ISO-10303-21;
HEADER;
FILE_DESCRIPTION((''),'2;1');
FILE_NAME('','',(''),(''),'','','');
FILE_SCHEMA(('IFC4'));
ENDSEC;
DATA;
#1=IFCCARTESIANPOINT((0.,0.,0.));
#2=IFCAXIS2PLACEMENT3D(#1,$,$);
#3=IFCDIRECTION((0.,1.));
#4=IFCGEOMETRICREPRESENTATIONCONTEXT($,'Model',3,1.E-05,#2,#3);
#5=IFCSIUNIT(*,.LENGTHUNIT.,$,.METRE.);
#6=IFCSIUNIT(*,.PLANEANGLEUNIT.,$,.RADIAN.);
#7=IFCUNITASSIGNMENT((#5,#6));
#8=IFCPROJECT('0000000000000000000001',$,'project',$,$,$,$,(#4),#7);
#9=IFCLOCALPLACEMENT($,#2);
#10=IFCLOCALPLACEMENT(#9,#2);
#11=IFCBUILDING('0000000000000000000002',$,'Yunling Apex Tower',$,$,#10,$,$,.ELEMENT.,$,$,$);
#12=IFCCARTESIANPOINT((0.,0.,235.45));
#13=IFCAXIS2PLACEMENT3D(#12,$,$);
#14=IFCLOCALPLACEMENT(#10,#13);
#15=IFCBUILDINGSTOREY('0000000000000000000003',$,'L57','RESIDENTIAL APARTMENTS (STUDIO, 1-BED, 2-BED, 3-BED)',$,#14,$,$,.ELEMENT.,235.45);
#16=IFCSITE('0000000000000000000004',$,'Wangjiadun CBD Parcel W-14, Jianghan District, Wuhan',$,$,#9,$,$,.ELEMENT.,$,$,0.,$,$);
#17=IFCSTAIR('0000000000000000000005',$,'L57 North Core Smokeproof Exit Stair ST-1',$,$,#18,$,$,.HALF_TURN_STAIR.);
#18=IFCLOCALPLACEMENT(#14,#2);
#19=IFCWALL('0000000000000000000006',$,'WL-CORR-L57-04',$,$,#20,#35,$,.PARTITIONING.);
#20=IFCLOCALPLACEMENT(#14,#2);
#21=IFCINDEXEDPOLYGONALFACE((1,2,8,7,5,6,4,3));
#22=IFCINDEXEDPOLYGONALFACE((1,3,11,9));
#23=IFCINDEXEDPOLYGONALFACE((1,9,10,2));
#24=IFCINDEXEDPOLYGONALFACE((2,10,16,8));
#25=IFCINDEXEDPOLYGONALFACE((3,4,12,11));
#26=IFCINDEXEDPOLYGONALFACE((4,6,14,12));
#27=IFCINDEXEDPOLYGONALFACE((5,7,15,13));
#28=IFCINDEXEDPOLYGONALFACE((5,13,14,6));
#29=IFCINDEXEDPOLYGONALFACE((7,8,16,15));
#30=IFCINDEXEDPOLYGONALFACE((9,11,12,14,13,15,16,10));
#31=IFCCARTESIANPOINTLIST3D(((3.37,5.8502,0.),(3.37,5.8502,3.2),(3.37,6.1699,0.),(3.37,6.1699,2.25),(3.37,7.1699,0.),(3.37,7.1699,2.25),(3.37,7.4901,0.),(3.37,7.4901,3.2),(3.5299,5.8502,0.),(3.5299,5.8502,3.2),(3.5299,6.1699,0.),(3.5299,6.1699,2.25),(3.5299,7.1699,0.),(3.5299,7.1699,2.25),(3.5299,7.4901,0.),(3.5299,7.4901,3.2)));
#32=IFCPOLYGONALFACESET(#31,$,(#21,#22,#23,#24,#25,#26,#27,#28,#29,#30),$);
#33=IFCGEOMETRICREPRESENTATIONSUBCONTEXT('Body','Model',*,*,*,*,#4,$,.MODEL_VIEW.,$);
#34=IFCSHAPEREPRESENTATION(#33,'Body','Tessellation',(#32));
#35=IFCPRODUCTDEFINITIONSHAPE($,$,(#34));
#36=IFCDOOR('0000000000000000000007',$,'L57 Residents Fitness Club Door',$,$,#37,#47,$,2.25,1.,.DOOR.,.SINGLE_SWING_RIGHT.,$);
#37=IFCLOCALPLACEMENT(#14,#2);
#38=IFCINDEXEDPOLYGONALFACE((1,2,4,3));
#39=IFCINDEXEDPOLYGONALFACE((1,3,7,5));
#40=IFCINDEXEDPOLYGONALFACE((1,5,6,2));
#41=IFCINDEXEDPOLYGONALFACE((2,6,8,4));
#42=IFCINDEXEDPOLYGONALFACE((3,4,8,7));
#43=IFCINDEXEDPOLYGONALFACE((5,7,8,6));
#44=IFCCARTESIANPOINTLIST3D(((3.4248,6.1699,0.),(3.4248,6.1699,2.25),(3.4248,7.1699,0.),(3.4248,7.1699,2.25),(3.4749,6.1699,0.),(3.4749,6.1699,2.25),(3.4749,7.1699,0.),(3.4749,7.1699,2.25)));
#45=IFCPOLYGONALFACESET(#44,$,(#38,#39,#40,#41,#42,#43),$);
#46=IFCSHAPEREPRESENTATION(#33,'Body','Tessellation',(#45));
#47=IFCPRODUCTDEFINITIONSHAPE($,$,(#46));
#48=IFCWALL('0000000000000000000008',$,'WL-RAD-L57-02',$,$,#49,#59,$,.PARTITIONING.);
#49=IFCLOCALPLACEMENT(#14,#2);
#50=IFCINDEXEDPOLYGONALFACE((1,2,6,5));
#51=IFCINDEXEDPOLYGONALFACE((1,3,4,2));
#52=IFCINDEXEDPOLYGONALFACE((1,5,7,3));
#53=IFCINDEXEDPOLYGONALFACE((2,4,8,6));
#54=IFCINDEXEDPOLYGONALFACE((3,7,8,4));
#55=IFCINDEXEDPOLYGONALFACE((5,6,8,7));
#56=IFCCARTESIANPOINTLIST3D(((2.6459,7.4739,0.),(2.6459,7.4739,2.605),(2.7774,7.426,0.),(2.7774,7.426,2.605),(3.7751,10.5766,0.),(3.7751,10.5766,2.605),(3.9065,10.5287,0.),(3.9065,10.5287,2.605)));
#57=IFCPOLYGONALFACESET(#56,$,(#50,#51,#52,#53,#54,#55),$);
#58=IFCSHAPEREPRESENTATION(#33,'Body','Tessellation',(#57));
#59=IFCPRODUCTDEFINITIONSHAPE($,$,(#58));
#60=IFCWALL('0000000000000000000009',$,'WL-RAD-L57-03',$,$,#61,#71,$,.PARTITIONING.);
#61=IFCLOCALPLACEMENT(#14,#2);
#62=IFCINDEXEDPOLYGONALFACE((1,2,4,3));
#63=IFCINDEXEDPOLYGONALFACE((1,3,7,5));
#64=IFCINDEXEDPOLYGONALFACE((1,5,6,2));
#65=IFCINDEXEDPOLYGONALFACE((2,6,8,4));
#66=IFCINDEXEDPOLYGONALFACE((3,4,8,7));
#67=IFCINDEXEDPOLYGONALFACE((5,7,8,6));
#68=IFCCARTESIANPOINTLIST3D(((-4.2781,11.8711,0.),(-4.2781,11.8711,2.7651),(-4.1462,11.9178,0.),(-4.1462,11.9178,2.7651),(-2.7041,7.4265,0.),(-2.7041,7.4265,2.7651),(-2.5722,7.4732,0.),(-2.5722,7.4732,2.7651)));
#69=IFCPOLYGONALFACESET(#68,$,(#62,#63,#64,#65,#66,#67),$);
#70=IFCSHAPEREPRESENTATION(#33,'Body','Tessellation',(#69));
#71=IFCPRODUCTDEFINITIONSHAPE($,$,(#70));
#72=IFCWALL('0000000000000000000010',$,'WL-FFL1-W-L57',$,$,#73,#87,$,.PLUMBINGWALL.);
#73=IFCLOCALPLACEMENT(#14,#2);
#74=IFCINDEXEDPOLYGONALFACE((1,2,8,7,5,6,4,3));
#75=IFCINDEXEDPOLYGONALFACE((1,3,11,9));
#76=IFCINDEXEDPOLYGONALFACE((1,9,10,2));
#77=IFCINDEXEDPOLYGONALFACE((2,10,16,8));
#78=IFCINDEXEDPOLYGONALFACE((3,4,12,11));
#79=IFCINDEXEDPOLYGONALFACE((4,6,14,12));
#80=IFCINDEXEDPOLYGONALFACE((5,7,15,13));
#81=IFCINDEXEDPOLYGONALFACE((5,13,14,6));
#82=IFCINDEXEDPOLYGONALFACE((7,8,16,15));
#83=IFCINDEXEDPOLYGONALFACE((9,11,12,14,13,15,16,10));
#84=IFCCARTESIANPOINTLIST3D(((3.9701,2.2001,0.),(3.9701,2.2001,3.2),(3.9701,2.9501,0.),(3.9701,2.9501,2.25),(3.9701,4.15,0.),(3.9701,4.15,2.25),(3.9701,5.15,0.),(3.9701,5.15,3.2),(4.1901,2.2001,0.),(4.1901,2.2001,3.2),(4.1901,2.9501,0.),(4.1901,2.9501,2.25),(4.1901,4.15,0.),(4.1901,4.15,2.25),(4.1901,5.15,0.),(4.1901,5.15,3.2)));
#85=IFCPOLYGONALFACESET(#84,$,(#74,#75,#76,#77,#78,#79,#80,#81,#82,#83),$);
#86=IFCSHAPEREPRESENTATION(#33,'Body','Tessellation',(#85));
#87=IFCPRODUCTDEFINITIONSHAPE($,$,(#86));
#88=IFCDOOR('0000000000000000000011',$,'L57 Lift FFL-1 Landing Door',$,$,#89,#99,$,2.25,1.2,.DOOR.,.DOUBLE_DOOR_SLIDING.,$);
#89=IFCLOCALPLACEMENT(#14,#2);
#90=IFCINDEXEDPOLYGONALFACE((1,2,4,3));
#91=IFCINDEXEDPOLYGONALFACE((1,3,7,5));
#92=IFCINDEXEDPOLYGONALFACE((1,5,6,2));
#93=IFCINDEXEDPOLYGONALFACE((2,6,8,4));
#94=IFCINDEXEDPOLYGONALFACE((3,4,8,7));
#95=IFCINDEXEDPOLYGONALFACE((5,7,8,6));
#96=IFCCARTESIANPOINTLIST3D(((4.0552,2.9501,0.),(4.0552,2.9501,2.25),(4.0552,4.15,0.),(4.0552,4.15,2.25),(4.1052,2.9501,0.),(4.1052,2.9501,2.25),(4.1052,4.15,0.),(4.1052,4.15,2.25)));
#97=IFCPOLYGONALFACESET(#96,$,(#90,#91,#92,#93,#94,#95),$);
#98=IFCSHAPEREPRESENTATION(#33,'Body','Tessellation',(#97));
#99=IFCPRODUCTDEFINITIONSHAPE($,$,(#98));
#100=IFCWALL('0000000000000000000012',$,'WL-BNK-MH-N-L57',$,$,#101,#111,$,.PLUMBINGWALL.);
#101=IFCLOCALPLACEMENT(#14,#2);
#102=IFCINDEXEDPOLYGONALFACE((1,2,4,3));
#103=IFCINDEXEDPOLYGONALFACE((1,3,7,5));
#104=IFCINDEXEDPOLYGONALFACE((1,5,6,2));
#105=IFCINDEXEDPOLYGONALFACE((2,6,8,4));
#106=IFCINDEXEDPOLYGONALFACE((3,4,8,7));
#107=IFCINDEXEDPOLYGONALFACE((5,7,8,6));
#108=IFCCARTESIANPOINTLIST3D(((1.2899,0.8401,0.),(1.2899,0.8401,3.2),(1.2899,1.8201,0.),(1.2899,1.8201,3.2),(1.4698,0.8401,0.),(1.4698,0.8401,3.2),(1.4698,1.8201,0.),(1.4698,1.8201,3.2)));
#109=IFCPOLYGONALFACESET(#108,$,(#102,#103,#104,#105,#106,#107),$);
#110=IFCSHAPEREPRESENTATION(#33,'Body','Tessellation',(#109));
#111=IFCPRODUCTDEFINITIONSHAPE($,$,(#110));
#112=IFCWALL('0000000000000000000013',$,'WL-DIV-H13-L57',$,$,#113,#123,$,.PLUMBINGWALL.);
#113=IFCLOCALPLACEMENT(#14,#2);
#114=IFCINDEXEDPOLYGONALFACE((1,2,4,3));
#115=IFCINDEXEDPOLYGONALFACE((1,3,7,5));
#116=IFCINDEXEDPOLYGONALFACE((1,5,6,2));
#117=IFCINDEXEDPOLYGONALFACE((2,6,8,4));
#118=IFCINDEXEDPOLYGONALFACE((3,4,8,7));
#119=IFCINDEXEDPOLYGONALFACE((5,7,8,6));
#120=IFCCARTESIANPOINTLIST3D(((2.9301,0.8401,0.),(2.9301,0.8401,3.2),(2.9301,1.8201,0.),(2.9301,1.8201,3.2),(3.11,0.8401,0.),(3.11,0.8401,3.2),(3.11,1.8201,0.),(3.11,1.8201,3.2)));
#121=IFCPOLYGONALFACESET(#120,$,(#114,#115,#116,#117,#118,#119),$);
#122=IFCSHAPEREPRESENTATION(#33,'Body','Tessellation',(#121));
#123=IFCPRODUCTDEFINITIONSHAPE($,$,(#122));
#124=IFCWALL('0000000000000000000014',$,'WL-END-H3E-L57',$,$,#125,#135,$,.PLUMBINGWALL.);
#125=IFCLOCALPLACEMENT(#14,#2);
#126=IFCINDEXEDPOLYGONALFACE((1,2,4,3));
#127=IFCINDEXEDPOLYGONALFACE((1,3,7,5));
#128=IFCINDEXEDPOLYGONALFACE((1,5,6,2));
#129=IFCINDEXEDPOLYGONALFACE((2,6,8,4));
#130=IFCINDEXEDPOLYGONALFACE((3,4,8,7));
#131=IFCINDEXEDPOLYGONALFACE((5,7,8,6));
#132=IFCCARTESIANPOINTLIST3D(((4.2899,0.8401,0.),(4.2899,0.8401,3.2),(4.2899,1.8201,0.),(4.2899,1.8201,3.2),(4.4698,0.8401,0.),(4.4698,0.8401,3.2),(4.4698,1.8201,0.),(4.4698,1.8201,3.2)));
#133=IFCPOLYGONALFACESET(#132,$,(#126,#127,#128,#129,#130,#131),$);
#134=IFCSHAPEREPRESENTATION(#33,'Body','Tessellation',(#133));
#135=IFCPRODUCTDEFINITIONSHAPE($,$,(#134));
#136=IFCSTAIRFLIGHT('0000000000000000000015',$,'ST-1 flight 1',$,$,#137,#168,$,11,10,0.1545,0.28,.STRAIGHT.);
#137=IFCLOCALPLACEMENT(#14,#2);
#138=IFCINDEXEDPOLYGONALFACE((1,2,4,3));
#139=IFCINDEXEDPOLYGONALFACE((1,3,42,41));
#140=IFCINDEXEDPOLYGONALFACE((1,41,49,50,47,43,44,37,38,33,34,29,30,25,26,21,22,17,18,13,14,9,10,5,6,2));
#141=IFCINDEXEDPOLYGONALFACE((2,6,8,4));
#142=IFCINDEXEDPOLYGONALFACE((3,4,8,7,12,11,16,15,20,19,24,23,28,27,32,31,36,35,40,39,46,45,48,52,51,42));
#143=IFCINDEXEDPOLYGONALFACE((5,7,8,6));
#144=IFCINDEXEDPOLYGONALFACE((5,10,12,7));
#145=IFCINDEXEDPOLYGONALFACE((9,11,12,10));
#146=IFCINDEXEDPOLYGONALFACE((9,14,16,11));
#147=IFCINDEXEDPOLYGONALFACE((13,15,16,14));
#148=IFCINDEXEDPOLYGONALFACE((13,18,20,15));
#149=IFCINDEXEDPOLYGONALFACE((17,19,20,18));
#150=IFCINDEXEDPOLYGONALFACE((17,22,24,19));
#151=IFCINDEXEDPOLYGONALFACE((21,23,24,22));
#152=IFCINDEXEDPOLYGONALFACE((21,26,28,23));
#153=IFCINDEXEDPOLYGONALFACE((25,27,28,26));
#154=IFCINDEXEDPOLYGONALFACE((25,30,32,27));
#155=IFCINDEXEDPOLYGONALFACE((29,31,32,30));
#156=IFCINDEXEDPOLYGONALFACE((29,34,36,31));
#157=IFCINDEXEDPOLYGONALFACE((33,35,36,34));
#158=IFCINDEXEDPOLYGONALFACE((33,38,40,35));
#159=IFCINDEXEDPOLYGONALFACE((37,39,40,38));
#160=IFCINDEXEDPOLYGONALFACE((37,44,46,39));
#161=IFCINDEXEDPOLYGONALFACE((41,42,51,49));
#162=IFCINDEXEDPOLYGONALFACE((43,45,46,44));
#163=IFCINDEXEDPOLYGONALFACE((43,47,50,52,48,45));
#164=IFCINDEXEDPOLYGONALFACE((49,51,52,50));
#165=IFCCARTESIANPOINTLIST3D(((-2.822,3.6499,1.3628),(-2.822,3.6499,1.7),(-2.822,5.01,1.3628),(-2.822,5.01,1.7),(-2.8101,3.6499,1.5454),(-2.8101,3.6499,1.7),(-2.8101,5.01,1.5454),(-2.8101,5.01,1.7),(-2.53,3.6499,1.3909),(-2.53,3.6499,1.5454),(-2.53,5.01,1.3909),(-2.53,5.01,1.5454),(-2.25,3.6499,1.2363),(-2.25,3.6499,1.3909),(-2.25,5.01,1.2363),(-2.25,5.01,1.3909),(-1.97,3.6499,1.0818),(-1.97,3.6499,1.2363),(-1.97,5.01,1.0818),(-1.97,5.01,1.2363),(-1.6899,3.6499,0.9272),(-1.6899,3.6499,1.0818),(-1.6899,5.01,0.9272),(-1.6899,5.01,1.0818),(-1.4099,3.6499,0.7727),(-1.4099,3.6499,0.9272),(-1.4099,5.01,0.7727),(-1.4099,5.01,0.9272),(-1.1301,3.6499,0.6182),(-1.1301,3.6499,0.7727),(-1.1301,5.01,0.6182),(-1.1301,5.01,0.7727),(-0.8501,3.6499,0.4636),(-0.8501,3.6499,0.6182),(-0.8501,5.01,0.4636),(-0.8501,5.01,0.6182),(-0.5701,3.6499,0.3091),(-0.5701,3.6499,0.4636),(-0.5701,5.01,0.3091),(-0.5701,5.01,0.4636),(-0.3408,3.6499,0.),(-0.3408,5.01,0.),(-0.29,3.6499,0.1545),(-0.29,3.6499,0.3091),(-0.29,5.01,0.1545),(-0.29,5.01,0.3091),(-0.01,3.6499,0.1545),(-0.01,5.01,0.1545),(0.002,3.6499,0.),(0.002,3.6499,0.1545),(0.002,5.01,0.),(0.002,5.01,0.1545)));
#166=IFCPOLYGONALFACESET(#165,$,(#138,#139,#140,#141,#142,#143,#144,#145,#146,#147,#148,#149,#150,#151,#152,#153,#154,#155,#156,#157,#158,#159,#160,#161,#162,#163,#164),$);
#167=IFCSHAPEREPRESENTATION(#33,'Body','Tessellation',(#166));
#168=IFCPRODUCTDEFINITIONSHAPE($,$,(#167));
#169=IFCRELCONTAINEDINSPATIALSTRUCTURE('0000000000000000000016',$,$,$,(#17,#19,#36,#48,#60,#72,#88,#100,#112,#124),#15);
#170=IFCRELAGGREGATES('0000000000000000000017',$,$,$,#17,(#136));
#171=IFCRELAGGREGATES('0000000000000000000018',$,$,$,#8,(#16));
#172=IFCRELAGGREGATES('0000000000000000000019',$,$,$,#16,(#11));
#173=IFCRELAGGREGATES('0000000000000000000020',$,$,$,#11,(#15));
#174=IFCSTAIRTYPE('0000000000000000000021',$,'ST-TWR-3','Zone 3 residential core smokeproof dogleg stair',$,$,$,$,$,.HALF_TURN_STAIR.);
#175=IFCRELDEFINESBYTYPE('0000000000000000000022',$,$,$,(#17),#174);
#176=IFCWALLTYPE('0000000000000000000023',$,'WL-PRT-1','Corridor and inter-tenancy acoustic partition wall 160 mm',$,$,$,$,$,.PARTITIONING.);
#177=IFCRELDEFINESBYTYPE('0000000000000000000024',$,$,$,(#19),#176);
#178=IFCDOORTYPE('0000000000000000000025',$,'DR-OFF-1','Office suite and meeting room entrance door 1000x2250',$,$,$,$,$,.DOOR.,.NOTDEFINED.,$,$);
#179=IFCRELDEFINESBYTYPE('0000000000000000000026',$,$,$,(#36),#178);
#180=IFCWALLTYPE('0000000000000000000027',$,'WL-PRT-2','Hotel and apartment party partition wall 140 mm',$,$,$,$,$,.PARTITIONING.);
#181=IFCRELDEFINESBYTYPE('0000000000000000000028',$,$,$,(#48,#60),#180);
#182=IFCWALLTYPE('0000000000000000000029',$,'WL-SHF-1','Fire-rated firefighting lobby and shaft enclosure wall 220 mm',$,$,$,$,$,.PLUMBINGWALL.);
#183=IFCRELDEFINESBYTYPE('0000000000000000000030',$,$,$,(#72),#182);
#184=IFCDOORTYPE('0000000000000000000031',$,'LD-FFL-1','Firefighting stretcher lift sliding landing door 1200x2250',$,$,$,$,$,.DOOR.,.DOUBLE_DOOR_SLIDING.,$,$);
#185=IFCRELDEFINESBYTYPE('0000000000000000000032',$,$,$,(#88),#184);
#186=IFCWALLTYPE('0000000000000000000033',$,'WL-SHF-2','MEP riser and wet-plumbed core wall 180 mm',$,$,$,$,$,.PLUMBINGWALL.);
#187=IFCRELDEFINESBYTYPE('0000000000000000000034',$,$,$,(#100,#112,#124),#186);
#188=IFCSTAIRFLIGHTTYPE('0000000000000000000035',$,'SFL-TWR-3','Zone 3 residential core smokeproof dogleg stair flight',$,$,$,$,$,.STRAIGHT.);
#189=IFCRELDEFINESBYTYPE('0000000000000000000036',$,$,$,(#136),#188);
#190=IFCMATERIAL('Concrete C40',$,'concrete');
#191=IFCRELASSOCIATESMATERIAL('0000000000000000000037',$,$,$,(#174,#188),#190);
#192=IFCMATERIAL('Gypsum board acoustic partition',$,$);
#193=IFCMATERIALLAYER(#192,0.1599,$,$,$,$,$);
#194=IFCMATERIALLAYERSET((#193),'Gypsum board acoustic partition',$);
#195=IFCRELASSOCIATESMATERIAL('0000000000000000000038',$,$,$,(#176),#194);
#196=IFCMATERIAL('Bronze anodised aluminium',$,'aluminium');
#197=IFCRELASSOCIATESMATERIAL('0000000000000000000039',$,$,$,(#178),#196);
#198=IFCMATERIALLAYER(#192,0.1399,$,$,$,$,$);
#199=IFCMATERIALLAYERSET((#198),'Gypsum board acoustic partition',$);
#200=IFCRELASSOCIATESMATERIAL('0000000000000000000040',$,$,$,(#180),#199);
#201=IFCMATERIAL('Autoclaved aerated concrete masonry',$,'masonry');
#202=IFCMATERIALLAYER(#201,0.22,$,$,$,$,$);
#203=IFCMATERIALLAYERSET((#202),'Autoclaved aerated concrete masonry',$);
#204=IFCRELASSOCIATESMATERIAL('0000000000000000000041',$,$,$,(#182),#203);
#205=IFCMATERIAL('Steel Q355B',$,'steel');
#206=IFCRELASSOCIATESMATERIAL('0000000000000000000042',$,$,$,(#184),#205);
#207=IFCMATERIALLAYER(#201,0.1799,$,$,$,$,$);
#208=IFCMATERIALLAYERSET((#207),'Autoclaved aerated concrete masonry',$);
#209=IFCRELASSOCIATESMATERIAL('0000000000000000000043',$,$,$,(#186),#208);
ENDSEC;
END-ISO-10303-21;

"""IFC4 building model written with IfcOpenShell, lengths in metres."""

from ifc_helpers import new_model, si_unit, direction, frame, frame_2d, origin, place, context, subcontext, project, spatial, polyline, rectangle, outline, extrude, material, layer, layer_set, type_object, element, fill, aggregate, save


model = new_model("IFC4")

# Units and contexts
model_context = context("Model", 3, precision=1e-05, world=origin(), true_north=direction((0.0, 1.0)))
body_context = subcontext(model_context, "Body", "Model", "MODEL_VIEW")
ifc_project = project(units=[si_unit("LENGTHUNIT", "METRE"), si_unit("PLANEANGLEUNIT", "RADIAN")], contexts=[model_context])

# Site, building, storey
site_placement = place(None, origin())
site = spatial("IfcSite", under=ifc_project, at=site_placement, Name="Wangjiadun CBD Parcel W-14, Jianghan District, Wuhan", CompositionType="ELEMENT", RefElevation=0.0)
building_placement = place(site_placement, origin())
building = spatial("IfcBuilding", under=site, at=building_placement, Name="Yunling Apex Tower", CompositionType="ELEMENT")
storey_placement = place(building_placement, frame((0.0, 0.0, 235.45)))
storey = spatial("IfcBuildingStorey", under=building, at=storey_placement, Name="L57", Description="RESIDENTIAL APARTMENTS (STUDIO, 1-BED, 2-BED, 3-BED)", CompositionType="ELEMENT", Elevation=235.45)

# Shared definitions
ifc_material_1 = material(Name="Steel Q355B", Category="steel")

# Shared definitions
ifc_material_2 = material(Name="Bronze anodised aluminium", Category="aluminium")

# Stair
ifc_material_3 = material(Name="Concrete C40", Category="concrete")
stair_type = type_object("IfcStairType", Name="ST-TWR-3", Description="Zone 3 residential core smokeproof dogleg stair", PredefinedType="HALF_TURN_STAIR", material=ifc_material_3)
stair_1_placement = place(storey_placement, origin())
stair_1 = element("IfcStair", 1, at=stair_1_placement, inside=storey, type_object=stair_type, Name="L57 North Core Smokeproof Exit Stair ST-1", PredefinedType="HALF_TURN_STAIR")

# Wall, opening, door
ifc_material_4 = material(Name="Gypsum board acoustic partition")
ifc_layer_1 = layer(ifc_material_4, 0.1599)
ifc_layer_set_1 = layer_set([ifc_layer_1], Name="Gypsum board acoustic partition")
wall_type_1 = type_object("IfcWallType", Name="WL-PRT-1", Description="Corridor and inter-tenancy acoustic partition wall 160 mm", PredefinedType="PARTITIONING", material=ifc_layer_set_1)
wall_1_placement = place(storey_placement, frame((3.45, 7.49, 0.0), z_axis=(0.0, 0.0, 1.0), x_axis=(0.0, -1.0, 0.0)))
wall_1 = element("IfcWall", 2, at=wall_1_placement, inside=storey, type_object=wall_type_1, Name="WL-CORR-L57-04", PredefinedType="PARTITIONING", context=body_context, shape_type="SweptSolid", body=[
    extrude(rectangle(XDim=1.6399, YDim=0.1599, at=frame_2d((0.8198, 0.0))), origin(), (0.0, 0.0, 1.0), 3.2),
])
opening_1_placement = place(wall_1_placement, frame((0.3201, 0.0, 0.0)))
opening_1 = element("IfcOpeningElement", 3, at=opening_1_placement, cuts=wall_1, PredefinedType="OPENING", context=body_context, shape_type="SweptSolid", body=[
    extrude(rectangle(XDim=1.0, YDim=2.25, at=frame_2d((0.5, 1.125))), frame((0.0, 0.0898, 0.0), z_axis=(0.0, -1.0, 0.0), x_axis=(1.0, 0.0, 0.0)), (0.0, 0.0, 1.0), 0.1799),
])
door_type_1 = type_object("IfcDoorType", Name="DR-OFF-1", Description="Office suite and meeting room entrance door 1000x2250", OperationType="NOTDEFINED", PredefinedType="DOOR", material=ifc_material_2)
door_1_placement = place(opening_1_placement, origin())
door_1 = element("IfcDoor", 4, at=door_1_placement, inside=storey, type_object=door_type_1, Name="L57 Residents Fitness Club Door", OperationType="SINGLE_SWING_RIGHT", OverallHeight=2.25, OverallWidth=1.0, PredefinedType="DOOR", context=body_context, shape_type="SweptSolid", body=[
    extrude(rectangle(XDim=1.0, YDim=2.25, at=frame_2d((0.5, 1.125))), frame((0.0, 0.0249, 0.0), z_axis=(0.0, -1.0, 0.0), x_axis=(1.0, 0.0, 0.0)), (0.0, 0.0, 1.0), 0.05),
])
fill(opening_1, door_1)

# Walls
ifc_layer_2 = layer(ifc_material_4, 0.1399)
ifc_layer_set_2 = layer_set([ifc_layer_2], Name="Gypsum board acoustic partition")
wall_type_2 = type_object("IfcWallType", Name="WL-PRT-2", Description="Hotel and apartment party partition wall 140 mm", PredefinedType="PARTITIONING", material=ifc_layer_set_2)
wall_2_placement = place(storey_placement, frame((2.7117, 7.45, 0.0), z_axis=(0.0, 0.0, 1.0), x_axis=(0.341975, 0.939709, 0.0)))
element("IfcWall", 5, at=wall_2_placement, inside=storey, type_object=wall_type_2, Name="WL-RAD-L57-02", PredefinedType="PARTITIONING", context=body_context, shape_type="SweptSolid", body=[
    extrude(rectangle(XDim=3.3018, YDim=0.1399, at=frame_2d((1.6509, 0.0))), origin(), (0.0, 0.0, 1.0), 2.605),
])
wall_3_placement = place(storey_placement, frame((-2.6382, 7.45, 0.0), z_axis=(0.0, 0.0, 1.0), x_axis=(-0.333819, 0.942637, 0.0)))
element("IfcWall", 6, at=wall_3_placement, inside=storey, type_object=wall_type_2, Name="WL-RAD-L57-03", PredefinedType="PARTITIONING", context=body_context, shape_type="SweptSolid", body=[
    extrude(rectangle(XDim=4.7151, YDim=0.1399, at=frame_2d((2.3574, 0.0))), origin(), (0.0, 0.0, 1.0), 2.7651),
])

# Wall, opening, door
ifc_material_5 = material(Name="Autoclaved aerated concrete masonry", Category="masonry")
ifc_layer_3 = layer(ifc_material_5, 0.22)
ifc_layer_set_3 = layer_set([ifc_layer_3], Name="Autoclaved aerated concrete masonry")
wall_type_3 = type_object("IfcWallType", Name="WL-SHF-1", Description="Fire-rated firefighting lobby and shaft enclosure wall 220 mm", PredefinedType="PLUMBINGWALL", material=ifc_layer_set_3)
wall_4_placement = place(storey_placement, frame((4.0801, 2.2, 0.0), z_axis=(0.0, 0.0, 1.0), x_axis=(0.0, 1.0, 0.0)))
wall_4 = element("IfcWall", 7, at=wall_4_placement, inside=storey, type_object=wall_type_3, Name="WL-FFL1-W-L57", PredefinedType="PLUMBINGWALL", context=body_context, shape_type="SweptSolid", body=[
    extrude(rectangle(XDim=2.95, YDim=0.22, at=frame_2d((1.4751, 0.0))), origin(), (0.0, 0.0, 1.0), 3.2),
])
opening_2_placement = place(wall_4_placement, frame((0.75, 0.0, 0.0)))
opening_2 = element("IfcOpeningElement", 8, at=opening_2_placement, cuts=wall_4, PredefinedType="OPENING", context=body_context, shape_type="SweptSolid", body=[
    extrude(rectangle(XDim=1.2, YDim=2.25, at=frame_2d((0.6001, 1.125))), frame((0.0, 0.1201, 0.0), z_axis=(0.0, -1.0, 0.0), x_axis=(1.0, 0.0, 0.0)), (0.0, 0.0, 1.0), 0.24),
])
door_type_2 = type_object("IfcDoorType", Name="LD-FFL-1", Description="Firefighting stretcher lift sliding landing door 1200x2250", OperationType="DOUBLE_DOOR_SLIDING", PredefinedType="DOOR", material=ifc_material_1)
door_2_placement = place(opening_2_placement, origin())
door_2 = element("IfcDoor", 9, at=door_2_placement, inside=storey, type_object=door_type_2, Name="L57 Lift FFL-1 Landing Door", OperationType="DOUBLE_DOOR_SLIDING", OverallHeight=2.25, OverallWidth=1.2, PredefinedType="DOOR", context=body_context, shape_type="SweptSolid", body=[
    extrude(rectangle(XDim=1.2, YDim=2.25, at=frame_2d((0.6001, 1.125))), frame((0.0, 0.0249, 0.0), z_axis=(0.0, -1.0, 0.0), x_axis=(1.0, 0.0, 0.0)), (0.0, 0.0, 1.0), 0.05),
])
fill(opening_2, door_2)

# Walls
ifc_layer_4 = layer(ifc_material_5, 0.1799)
ifc_layer_set_4 = layer_set([ifc_layer_4], Name="Autoclaved aerated concrete masonry")
wall_type_4 = type_object("IfcWallType", Name="WL-SHF-2", Description="MEP riser and wet-plumbed core wall 180 mm", PredefinedType="PLUMBINGWALL", material=ifc_layer_set_4)
for number, where, z_axis, x_axis, name in (
    (10, (1.3799, 0.8401, 0.0), (0.0, 0.0, 1.0), (0.0, 1.0, 0.0), "WL-BNK-MH-N-L57"),
    (11, (3.02, 0.8401, 0.0), (0.0, 0.0, 1.0), (0.0, 1.0, 0.0), "WL-DIV-H13-L57"),
    (12, (4.3799, 0.8401, 0.0), (0.0, 0.0, 1.0), (0.0, 1.0, 0.0), "WL-END-H3E-L57"),
):
    element("IfcWall", number, at=place(storey_placement, frame(where, z_axis=z_axis, x_axis=x_axis)), inside=storey, type_object=wall_type_4, Name=name, PredefinedType="PLUMBINGWALL", context=body_context, shape_type="SweptSolid", body=[
        extrude(rectangle(XDim=0.98, YDim=0.1799, at=frame_2d((0.49, 0.0))), origin(), (0.0, 0.0, 1.0), 3.2),
    ])

# Stair flight
stair_flight_type = type_object("IfcStairFlightType", Name="SFL-TWR-3", Description="Zone 3 residential core smokeproof dogleg stair flight", PredefinedType="STRAIGHT", material=ifc_material_3)
stair_flight_placement = place(storey_placement, frame((-0.01, 4.3301, 0.0), z_axis=(0.0, 0.0, 1.0), x_axis=(-1.0, 0.0, 0.0)))
stair_flight = element("IfcStairFlight", 13, at=stair_flight_placement, type_object=stair_flight_type, Name="ST-1 flight 1", NumberOfRisers=11, NumberOfTreads=10, PredefinedType="STRAIGHT", RiserHeight=0.1545, TreadLength=0.28, context=body_context, shape_type="SweptSolid", body=[
    extrude(outline(polyline([(-0.012, 0.0), (-0.012, 0.1545), (0.0, 0.1545), (0.28, 0.1545), (0.28, 0.3091), (0.5601, 0.3091), (0.5601, 0.4636), (0.8401, 0.4636), (0.8401, 0.6182), (1.1201, 0.6182), (1.1201, 0.7727), (1.3999, 0.7727), (1.3999, 0.9272), (1.6799, 0.9272), (1.6799, 1.0818), (1.96, 1.0818), (1.96, 1.2363), (2.24, 1.2363), (2.24, 1.3909), (2.52, 1.3909), (2.52, 1.5454), (2.8, 1.5454), (2.8, 1.7), (2.812, 1.7), (2.812, 1.3628), (0.3308, 0.0), (-0.012, 0.0)])), frame((0.0, 0.6802, 0.0), z_axis=(0.0, -1.0, 0.0), x_axis=(1.0, 0.0, 0.0)), (0.0, 0.0, 1.0), 1.3601),
])
aggregate(stair_1, [stair_flight])

save(model, "model.ifc")
